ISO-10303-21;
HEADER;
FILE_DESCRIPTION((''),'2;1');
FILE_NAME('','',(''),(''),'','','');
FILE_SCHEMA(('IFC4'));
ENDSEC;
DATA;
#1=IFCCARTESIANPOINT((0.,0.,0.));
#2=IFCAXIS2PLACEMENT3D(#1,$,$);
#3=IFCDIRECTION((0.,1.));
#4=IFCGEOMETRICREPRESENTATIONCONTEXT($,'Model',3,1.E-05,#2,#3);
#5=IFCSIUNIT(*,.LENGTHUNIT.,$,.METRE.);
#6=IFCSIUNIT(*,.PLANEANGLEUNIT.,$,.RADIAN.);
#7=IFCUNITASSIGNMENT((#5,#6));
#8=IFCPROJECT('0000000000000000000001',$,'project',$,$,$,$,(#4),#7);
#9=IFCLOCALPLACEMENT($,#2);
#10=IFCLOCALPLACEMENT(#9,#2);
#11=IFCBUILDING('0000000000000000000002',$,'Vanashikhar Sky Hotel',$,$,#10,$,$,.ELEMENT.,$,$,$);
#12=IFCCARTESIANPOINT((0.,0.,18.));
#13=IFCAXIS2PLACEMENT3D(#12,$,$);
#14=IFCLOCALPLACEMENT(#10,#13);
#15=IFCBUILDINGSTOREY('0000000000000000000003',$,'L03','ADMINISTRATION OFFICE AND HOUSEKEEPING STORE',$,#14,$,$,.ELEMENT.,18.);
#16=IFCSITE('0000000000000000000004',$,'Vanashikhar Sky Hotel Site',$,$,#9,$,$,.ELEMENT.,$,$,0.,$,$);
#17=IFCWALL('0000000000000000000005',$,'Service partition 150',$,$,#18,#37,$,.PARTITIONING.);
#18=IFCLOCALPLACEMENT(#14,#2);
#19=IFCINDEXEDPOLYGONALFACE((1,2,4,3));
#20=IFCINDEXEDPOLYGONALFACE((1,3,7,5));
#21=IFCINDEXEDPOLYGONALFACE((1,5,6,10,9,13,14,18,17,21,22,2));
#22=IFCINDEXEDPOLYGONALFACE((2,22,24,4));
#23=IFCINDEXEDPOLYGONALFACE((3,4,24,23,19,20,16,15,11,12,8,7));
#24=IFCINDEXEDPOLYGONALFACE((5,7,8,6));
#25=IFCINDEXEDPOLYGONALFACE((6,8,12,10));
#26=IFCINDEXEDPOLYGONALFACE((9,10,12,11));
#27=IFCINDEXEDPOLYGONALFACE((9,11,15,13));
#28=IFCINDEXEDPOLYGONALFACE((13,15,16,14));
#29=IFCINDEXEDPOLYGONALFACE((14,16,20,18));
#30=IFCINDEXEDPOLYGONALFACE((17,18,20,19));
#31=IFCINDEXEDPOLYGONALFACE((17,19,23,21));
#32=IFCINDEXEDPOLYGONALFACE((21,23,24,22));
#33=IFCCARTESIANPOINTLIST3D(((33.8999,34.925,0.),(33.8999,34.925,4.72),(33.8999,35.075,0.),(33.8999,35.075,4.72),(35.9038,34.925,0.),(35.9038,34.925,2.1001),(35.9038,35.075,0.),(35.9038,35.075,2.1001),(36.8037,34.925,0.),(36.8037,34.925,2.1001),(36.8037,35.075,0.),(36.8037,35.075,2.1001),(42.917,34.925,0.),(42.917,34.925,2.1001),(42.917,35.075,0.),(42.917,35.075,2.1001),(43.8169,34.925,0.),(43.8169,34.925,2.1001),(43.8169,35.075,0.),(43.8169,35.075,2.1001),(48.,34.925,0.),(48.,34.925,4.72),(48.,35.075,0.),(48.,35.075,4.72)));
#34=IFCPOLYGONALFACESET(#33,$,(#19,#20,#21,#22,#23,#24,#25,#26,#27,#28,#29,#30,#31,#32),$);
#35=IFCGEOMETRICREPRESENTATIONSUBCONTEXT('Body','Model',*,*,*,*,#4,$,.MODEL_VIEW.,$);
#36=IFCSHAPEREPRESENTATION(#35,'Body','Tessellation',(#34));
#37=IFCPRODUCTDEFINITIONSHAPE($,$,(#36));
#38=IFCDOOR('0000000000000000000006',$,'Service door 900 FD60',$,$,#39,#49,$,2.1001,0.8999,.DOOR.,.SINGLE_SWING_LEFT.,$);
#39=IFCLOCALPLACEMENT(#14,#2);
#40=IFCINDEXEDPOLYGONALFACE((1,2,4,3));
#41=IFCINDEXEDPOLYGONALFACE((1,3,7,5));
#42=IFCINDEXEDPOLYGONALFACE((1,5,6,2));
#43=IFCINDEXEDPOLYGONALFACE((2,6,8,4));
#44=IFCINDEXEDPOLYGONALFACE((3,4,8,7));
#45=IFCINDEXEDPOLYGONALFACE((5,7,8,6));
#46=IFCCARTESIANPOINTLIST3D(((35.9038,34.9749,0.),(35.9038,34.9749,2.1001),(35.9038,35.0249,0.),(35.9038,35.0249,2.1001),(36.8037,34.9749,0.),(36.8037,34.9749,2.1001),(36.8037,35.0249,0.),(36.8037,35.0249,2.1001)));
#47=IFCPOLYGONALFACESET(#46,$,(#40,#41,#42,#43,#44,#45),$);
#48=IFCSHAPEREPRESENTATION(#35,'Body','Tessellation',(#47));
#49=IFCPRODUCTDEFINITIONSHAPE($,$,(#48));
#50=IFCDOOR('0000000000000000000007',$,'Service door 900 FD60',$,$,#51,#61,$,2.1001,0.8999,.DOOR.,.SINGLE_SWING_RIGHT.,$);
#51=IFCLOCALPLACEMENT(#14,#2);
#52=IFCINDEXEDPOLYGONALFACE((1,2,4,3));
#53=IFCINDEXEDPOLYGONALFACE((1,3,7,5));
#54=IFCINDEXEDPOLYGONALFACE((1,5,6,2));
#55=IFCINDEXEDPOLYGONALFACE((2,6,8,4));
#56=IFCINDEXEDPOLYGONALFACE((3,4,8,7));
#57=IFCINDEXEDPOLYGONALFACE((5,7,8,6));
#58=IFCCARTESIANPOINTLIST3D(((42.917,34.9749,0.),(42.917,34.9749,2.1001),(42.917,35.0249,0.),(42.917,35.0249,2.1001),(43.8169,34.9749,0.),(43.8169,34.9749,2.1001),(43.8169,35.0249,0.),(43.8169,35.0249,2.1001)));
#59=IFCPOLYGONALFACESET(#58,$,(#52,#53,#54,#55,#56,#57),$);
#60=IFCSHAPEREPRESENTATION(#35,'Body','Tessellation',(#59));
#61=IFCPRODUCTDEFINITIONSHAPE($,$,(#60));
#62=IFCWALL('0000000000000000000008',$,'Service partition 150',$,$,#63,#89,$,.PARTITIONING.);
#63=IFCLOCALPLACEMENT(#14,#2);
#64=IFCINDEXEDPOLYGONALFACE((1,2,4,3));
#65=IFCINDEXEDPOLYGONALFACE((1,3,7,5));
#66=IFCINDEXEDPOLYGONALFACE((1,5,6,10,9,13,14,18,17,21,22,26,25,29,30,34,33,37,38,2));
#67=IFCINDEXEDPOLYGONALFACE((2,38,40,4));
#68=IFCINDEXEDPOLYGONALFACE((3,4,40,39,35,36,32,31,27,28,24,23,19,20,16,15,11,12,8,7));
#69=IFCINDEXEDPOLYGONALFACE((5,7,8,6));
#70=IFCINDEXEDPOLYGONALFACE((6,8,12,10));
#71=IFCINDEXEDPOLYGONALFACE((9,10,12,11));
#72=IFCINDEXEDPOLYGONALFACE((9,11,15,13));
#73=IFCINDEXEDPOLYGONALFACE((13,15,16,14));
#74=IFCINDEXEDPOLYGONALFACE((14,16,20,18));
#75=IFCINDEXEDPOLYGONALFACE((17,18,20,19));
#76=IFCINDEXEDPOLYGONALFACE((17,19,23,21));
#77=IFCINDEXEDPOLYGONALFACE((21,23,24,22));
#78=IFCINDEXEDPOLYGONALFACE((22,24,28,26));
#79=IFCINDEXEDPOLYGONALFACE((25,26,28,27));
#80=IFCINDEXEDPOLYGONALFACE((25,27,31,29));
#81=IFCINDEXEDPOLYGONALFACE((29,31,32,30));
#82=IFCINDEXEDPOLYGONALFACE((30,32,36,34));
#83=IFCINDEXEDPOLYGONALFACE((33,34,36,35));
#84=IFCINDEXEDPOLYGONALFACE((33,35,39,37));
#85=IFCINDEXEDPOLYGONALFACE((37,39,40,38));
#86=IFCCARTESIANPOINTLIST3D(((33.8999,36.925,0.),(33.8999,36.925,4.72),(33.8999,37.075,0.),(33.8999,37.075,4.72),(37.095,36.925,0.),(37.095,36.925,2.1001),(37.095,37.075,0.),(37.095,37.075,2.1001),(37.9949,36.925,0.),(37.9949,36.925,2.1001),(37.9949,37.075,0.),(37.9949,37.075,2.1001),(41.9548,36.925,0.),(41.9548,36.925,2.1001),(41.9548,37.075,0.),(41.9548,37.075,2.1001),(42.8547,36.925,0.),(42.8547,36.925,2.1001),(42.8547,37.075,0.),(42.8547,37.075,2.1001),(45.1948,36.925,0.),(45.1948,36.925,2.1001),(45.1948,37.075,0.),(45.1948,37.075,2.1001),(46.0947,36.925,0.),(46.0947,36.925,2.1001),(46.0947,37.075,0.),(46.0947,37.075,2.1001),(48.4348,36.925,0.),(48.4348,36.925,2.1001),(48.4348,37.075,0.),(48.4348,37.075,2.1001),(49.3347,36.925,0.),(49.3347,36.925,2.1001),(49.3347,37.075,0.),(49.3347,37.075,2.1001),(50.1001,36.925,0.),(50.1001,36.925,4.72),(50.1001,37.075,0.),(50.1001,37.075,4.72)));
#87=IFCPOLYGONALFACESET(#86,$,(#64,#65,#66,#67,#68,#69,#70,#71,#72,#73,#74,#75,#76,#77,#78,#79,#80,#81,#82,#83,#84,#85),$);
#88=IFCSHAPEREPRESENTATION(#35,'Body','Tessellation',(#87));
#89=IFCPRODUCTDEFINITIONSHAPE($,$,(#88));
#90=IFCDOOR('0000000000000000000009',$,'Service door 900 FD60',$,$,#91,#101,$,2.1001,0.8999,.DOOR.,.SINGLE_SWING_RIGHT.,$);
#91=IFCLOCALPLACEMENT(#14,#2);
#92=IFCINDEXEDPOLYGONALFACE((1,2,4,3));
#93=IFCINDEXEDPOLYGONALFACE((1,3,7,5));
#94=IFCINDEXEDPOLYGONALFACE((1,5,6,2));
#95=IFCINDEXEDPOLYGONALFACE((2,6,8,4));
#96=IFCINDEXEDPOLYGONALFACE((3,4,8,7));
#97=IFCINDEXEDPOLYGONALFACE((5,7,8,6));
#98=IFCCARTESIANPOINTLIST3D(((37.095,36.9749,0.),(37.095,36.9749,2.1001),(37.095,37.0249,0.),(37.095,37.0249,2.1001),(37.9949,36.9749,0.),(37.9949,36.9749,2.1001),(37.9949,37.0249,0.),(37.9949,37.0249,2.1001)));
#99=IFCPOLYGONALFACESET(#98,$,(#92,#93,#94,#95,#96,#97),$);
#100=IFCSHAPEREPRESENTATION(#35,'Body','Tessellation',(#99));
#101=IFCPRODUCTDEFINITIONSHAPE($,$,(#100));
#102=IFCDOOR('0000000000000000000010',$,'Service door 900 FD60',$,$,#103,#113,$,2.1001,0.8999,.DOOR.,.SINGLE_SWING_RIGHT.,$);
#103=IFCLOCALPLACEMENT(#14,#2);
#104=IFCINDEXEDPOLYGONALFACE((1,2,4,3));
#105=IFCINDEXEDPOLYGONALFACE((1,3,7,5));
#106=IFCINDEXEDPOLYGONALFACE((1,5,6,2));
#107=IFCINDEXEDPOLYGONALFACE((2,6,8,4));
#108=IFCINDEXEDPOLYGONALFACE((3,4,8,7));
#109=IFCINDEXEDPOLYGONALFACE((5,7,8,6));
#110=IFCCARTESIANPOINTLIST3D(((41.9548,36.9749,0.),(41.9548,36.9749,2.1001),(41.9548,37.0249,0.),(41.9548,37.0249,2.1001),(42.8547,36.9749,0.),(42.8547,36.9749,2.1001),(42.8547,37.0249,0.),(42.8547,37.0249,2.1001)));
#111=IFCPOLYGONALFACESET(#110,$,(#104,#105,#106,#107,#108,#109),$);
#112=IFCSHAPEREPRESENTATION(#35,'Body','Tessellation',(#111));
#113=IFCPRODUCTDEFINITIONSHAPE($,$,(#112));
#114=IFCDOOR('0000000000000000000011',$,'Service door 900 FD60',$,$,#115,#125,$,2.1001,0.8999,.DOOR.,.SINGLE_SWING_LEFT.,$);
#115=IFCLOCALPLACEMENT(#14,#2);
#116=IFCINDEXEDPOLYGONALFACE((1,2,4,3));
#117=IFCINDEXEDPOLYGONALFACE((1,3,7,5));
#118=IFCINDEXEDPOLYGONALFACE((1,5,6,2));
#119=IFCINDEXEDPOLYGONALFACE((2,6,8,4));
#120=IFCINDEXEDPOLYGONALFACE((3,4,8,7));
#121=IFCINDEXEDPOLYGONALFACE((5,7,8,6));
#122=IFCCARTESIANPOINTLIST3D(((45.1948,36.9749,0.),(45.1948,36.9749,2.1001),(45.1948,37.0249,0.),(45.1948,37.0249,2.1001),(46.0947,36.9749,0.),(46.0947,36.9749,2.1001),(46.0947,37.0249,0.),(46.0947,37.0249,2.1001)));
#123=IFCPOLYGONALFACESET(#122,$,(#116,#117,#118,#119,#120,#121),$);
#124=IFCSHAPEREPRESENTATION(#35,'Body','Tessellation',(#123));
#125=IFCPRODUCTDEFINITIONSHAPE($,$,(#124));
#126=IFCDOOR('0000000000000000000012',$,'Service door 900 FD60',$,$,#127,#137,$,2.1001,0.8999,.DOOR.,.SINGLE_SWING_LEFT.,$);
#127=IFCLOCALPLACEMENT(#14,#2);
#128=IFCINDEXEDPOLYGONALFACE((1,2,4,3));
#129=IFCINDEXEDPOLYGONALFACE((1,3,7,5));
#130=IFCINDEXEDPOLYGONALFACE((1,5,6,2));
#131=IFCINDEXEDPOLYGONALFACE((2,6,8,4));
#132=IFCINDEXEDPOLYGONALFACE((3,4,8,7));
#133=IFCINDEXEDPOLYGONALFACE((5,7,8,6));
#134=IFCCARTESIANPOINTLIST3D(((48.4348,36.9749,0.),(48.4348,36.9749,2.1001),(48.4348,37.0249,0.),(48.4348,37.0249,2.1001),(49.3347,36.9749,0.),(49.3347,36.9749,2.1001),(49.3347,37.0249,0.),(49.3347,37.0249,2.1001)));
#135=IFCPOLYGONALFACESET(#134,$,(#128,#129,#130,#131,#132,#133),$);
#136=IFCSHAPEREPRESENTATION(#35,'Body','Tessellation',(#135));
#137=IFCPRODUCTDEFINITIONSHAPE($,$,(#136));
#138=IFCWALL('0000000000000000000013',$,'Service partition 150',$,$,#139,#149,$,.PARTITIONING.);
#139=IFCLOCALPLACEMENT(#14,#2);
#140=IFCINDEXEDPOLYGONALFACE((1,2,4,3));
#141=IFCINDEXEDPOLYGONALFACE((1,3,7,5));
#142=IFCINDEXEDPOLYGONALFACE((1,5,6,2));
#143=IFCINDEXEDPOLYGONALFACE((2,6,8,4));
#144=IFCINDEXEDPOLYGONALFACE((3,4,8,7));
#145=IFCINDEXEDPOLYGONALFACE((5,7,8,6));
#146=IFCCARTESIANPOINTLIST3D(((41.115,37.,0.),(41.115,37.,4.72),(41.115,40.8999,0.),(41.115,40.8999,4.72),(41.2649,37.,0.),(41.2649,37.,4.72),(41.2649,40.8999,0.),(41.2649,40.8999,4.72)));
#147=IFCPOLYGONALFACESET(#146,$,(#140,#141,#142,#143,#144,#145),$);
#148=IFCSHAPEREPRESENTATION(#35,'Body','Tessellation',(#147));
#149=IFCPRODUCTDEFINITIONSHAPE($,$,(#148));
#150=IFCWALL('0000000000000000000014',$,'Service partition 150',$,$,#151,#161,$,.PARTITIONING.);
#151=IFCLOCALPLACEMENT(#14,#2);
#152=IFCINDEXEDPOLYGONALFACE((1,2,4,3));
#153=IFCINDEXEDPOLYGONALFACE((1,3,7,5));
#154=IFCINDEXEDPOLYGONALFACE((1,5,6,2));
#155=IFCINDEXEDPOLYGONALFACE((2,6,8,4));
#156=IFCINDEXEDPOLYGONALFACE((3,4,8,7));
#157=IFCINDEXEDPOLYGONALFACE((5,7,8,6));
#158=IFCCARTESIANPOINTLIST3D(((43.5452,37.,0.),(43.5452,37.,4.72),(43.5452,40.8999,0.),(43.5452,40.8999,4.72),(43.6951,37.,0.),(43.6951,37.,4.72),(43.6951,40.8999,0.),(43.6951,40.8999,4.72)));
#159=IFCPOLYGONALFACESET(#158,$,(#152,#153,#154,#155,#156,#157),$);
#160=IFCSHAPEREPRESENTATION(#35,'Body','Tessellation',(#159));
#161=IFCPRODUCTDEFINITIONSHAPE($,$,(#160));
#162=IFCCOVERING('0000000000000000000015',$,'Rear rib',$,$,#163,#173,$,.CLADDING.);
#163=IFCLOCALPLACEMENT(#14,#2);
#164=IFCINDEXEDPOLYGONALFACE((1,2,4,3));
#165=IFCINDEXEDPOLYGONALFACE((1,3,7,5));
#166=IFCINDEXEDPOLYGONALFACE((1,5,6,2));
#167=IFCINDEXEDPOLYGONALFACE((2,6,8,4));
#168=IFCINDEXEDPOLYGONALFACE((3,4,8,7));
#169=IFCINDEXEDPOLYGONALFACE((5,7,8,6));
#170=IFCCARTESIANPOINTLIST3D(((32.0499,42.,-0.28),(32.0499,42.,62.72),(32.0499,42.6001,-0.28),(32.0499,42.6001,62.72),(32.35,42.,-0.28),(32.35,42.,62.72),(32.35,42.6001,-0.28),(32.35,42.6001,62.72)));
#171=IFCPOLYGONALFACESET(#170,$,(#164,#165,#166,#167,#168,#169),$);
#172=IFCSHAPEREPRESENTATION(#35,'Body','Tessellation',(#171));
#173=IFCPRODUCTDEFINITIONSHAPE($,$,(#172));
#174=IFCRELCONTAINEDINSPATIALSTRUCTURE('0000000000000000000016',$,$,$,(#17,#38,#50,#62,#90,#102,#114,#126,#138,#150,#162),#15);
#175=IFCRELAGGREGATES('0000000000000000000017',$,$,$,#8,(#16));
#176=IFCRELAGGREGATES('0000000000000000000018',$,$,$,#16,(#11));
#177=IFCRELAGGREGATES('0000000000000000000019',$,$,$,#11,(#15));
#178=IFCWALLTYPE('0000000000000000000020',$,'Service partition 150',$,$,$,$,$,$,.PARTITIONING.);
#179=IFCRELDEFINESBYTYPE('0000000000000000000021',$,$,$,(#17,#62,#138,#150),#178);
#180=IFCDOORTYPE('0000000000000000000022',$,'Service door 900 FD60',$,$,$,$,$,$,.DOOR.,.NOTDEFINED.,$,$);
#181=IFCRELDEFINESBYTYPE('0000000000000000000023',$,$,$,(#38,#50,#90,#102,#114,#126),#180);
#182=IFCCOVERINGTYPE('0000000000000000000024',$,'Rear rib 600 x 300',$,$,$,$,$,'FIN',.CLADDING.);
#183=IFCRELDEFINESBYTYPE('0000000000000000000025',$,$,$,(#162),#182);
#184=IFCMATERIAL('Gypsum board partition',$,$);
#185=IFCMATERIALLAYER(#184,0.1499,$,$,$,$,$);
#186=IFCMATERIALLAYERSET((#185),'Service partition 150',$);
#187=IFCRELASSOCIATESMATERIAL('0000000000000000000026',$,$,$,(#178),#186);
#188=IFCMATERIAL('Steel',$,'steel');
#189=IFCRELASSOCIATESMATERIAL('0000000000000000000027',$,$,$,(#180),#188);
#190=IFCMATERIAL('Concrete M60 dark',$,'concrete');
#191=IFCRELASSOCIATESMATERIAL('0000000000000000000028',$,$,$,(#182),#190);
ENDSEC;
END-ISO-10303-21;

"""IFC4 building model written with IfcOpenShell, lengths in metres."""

from ifc_helpers import new_model, si_unit, direction, frame, frame_2d, origin, origin_2d, place, context, subcontext, project, spatial, rectangle, extrude, source, transform, mapped, material, layer, layer_set, material_profile, profile_set, type_object, element, fill, save


model = new_model("IFC4")

# Units and contexts
model_context = context("Model", 3, precision=1e-05, world=origin(), true_north=direction((0.0, 1.0)))
body_context = subcontext(model_context, "Body", "Model", "MODEL_VIEW")
ifc_project = project(units=[si_unit("LENGTHUNIT", "METRE"), si_unit("PLANEANGLEUNIT", "RADIAN")], contexts=[model_context])

# Site, building, storey
site_placement = place(None, origin())
site = spatial("IfcSite", under=ifc_project, at=site_placement, Name="Vanashikhar Sky Hotel Site", CompositionType="ELEMENT", RefElevation=0.0)
building_placement = place(site_placement, origin())
building = spatial("IfcBuilding", under=site, at=building_placement, Name="Vanashikhar Sky Hotel", CompositionType="ELEMENT")
storey_placement = place(building_placement, frame((0.0, 0.0, 18.0)))
storey = spatial("IfcBuildingStorey", under=building, at=storey_placement, Name="L03", Description="ADMINISTRATION OFFICE AND HOUSEKEEPING STORE", CompositionType="ELEMENT", Elevation=18.0)

# Walls, openings, doors
ifc_material_1 = material(Name="Gypsum board partition")
ifc_layer = layer(ifc_material_1, 0.1499)
ifc_layer_set = layer_set([ifc_layer], Name="Service partition 150")
wall_type = type_object("IfcWallType", Name="Service partition 150", PredefinedType="PARTITIONING", material=ifc_layer_set)
shared_shape_1 = source(origin(), body_context, "Body", "SweptSolid", [
    extrude(rectangle(XDim=14.1001, YDim=0.1499, at=frame_2d((7.05, 0.0))), origin(), (0.0, 0.0, 1.0), 4.72),
])
wall_1_placement = place(storey_placement, frame((33.8999, 35.0, 0.0), z_axis=(0.0, 0.0, 1.0), x_axis=(1.0, 0.0, 0.0)))
wall_1 = element("IfcWall", 1, at=wall_1_placement, inside=storey, type_object=wall_type, Name="Service partition 150", PredefinedType="PARTITIONING", context=body_context, shape_type="MappedRepresentation", body=[
    mapped(shared_shape_1, transform((0.0, 0.0, 0.0), scale=1.0)),
])
shared_shape_2 = source(origin(), body_context, "Body", "SweptSolid", [
    extrude(rectangle(XDim=0.8999, YDim=2.1001, at=frame_2d((0.45, 1.05))), frame((0.0, 0.085, 0.0), z_axis=(0.0, -1.0, 0.0), x_axis=(1.0, 0.0, 0.0)), (0.0, 0.0, 1.0), 0.1699),
])
opening_1_placement = place(wall_1_placement, frame((2.0039, 0.0, 0.0)))
opening_1 = element("IfcOpeningElement", 2, at=opening_1_placement, cuts=wall_1, PredefinedType="OPENING", context=body_context, shape_type="MappedRepresentation", body=[
    mapped(shared_shape_2, transform((0.0, 0.0, 0.0), scale=1.0)),
])
opening_2_placement = place(wall_1_placement, frame((9.0171, 0.0, 0.0)))
opening_2 = element("IfcOpeningElement", 3, at=opening_2_placement, cuts=wall_1, PredefinedType="OPENING", context=body_context, shape_type="MappedRepresentation", body=[
    mapped(shared_shape_2, transform((0.0, 0.0, 0.0), scale=1.0)),
])
ifc_material_2 = material(Name="Steel", Category="steel")
door_type = type_object("IfcDoorType", Name="Service door 900 FD60", OperationType="NOTDEFINED", PredefinedType="DOOR", material=ifc_material_2)
shared_shape_3 = source(origin(), body_context, "Body", "SweptSolid", [
    extrude(rectangle(XDim=0.8999, YDim=2.1001, at=frame_2d((0.45, 1.05))), frame((0.0, 0.0249, 0.0), z_axis=(0.0, -1.0, 0.0), x_axis=(1.0, 0.0, 0.0)), (0.0, 0.0, 1.0), 0.05),
])
door_1_placement = place(opening_1_placement, origin())
door_1 = element("IfcDoor", 4, at=door_1_placement, inside=storey, type_object=door_type, Name="Service door 900 FD60", OperationType="SINGLE_SWING_LEFT", OverallHeight=2.1001, OverallWidth=0.8999, PredefinedType="DOOR", context=body_context, shape_type="MappedRepresentation", body=[
    mapped(shared_shape_3, transform((0.0, 0.0, 0.0), scale=1.0)),
])
fill(opening_1, door_1)
door_2_placement = place(opening_2_placement, origin())
door_2 = element("IfcDoor", 5, at=door_2_placement, inside=storey, type_object=door_type, Name="Service door 900 FD60", OperationType="SINGLE_SWING_RIGHT", OverallHeight=2.1001, OverallWidth=0.8999, PredefinedType="DOOR", context=body_context, shape_type="MappedRepresentation", body=[
    mapped(shared_shape_3, transform((0.0, 0.0, 0.0), scale=1.0)),
])
fill(opening_2, door_2)
shared_shape_4 = source(origin(), body_context, "Body", "SweptSolid", [
    extrude(rectangle(XDim=16.2002, YDim=0.1499, at=frame_2d((8.1001, 0.0))), origin(), (0.0, 0.0, 1.0), 4.72),
])
wall_2_placement = place(storey_placement, frame((33.8999, 37.0, 0.0), z_axis=(0.0, 0.0, 1.0), x_axis=(1.0, 0.0, 0.0)))
wall_2 = element("IfcWall", 6, at=wall_2_placement, inside=storey, type_object=wall_type, Name="Service partition 150", PredefinedType="PARTITIONING", context=body_context, shape_type="MappedRepresentation", body=[
    mapped(shared_shape_4, transform((0.0, 0.0, 0.0), scale=1.0)),
])
opening_3_placement = place(wall_2_placement, frame((3.1951, 0.0, 0.0)))
opening_3 = element("IfcOpeningElement", 7, at=opening_3_placement, cuts=wall_2, PredefinedType="OPENING", context=body_context, shape_type="MappedRepresentation", body=[
    mapped(shared_shape_2, transform((0.0, 0.0, 0.0), scale=1.0)),
])
opening_4_placement = place(wall_2_placement, frame((8.0549, 0.0, 0.0)))
opening_4 = element("IfcOpeningElement", 8, at=opening_4_placement, cuts=wall_2, PredefinedType="OPENING", context=body_context, shape_type="MappedRepresentation", body=[
    mapped(shared_shape_2, transform((0.0, 0.0, 0.0), scale=1.0)),
])
opening_5_placement = place(wall_2_placement, frame((11.2949, 0.0, 0.0)))
opening_5 = element("IfcOpeningElement", 9, at=opening_5_placement, cuts=wall_2, PredefinedType="OPENING", context=body_context, shape_type="MappedRepresentation", body=[
    mapped(shared_shape_2, transform((0.0, 0.0, 0.0), scale=1.0)),
])
opening_6_placement = place(wall_2_placement, frame((14.5349, 0.0, 0.0)))
opening_6 = element("IfcOpeningElement", 10, at=opening_6_placement, cuts=wall_2, PredefinedType="OPENING", context=body_context, shape_type="MappedRepresentation", body=[
    mapped(shared_shape_2, transform((0.0, 0.0, 0.0), scale=1.0)),
])
door_3_placement = place(opening_3_placement, origin())
door_3 = element("IfcDoor", 11, at=door_3_placement, inside=storey, type_object=door_type, Name="Service door 900 FD60", OperationType="SINGLE_SWING_RIGHT", OverallHeight=2.1001, OverallWidth=0.8999, PredefinedType="DOOR", context=body_context, shape_type="MappedRepresentation", body=[
    mapped(shared_shape_3, transform((0.0, 0.0, 0.0), scale=1.0)),
])
fill(opening_3, door_3)
door_4_placement = place(opening_4_placement, origin())
door_4 = element("IfcDoor", 12, at=door_4_placement, inside=storey, type_object=door_type, Name="Service door 900 FD60", OperationType="SINGLE_SWING_RIGHT", OverallHeight=2.1001, OverallWidth=0.8999, PredefinedType="DOOR", context=body_context, shape_type="MappedRepresentation", body=[
    mapped(shared_shape_3, transform((0.0, 0.0, 0.0), scale=1.0)),
])
fill(opening_4, door_4)
door_5_placement = place(opening_5_placement, origin())
door_5 = element("IfcDoor", 13, at=door_5_placement, inside=storey, type_object=door_type, Name="Service door 900 FD60", OperationType="SINGLE_SWING_LEFT", OverallHeight=2.1001, OverallWidth=0.8999, PredefinedType="DOOR", context=body_context, shape_type="MappedRepresentation", body=[
    mapped(shared_shape_3, transform((0.0, 0.0, 0.0), scale=1.0)),
])
fill(opening_5, door_5)
door_6_placement = place(opening_6_placement, origin())
door_6 = element("IfcDoor", 14, at=door_6_placement, inside=storey, type_object=door_type, Name="Service door 900 FD60", OperationType="SINGLE_SWING_LEFT", OverallHeight=2.1001, OverallWidth=0.8999, PredefinedType="DOOR", context=body_context, shape_type="MappedRepresentation", body=[
    mapped(shared_shape_3, transform((0.0, 0.0, 0.0), scale=1.0)),
])
fill(opening_6, door_6)

# Walls
shared_shape_5 = source(origin(), body_context, "Body", "SweptSolid", [
    extrude(rectangle(XDim=3.8999, YDim=0.1499, at=frame_2d((1.95, 0.0))), origin(), (0.0, 0.0, 1.0), 4.72),
])
for number, where, z_axis, x_axis, name in (
    (15, (41.1899, 37.0, 0.0), (0.0, 0.0, 1.0), (0.0, 1.0, 0.0), "Service partition 150"),
    (16, (43.6201, 37.0, 0.0), (0.0, 0.0, 1.0), (0.0, 1.0, 0.0), "Service partition 150"),
):
    element("IfcWall", number, at=place(storey_placement, frame(where, z_axis=z_axis, x_axis=x_axis)), inside=storey, type_object=wall_type, Name=name, PredefinedType="PARTITIONING", context=body_context, shape_type="MappedRepresentation", body=[
        mapped(shared_shape_5, transform((0.0, 0.0, 0.0), scale=1.0)),
    ])

# Covering
ifc_material_3 = material(Name="Concrete M60 dark", Category="concrete")
ifc_material_profile = material_profile(ifc_material_3, rectangle(XDim=0.6001, YDim=0.3, at=origin_2d()))
ifc_profile_set = profile_set([ifc_material_profile], Name="Rear rib 600 x 300")
covering_type = type_object("IfcCoveringType", Name="Rear rib 600 x 300", ElementType="FIN", PredefinedType="CLADDING", material=ifc_profile_set)
shared_shape_6 = source(origin(), body_context, "Body", "SweptSolid", [
    extrude(rectangle(XDim=0.6001, YDim=0.3, at=origin_2d()), origin(), (0.0, 0.0, 1.0), 63.0),
])
for number, where, z_axis, x_axis, name in (
    (17, (32.2, 42.3, -0.28), (0.0, 0.0, 1.0), (0.0, 1.0, 0.0), "Rear rib"),
):
    element("IfcCovering", number, at=place(storey_placement, frame(where, z_axis=z_axis, x_axis=x_axis)), inside=storey, type_object=covering_type, Name=name, PredefinedType="CLADDING", context=body_context, shape_type="MappedRepresentation", body=[
        mapped(shared_shape_6, transform((0.0, 0.0, 0.0), scale=1.0)),
    ])

save(model, "model.ifc")
